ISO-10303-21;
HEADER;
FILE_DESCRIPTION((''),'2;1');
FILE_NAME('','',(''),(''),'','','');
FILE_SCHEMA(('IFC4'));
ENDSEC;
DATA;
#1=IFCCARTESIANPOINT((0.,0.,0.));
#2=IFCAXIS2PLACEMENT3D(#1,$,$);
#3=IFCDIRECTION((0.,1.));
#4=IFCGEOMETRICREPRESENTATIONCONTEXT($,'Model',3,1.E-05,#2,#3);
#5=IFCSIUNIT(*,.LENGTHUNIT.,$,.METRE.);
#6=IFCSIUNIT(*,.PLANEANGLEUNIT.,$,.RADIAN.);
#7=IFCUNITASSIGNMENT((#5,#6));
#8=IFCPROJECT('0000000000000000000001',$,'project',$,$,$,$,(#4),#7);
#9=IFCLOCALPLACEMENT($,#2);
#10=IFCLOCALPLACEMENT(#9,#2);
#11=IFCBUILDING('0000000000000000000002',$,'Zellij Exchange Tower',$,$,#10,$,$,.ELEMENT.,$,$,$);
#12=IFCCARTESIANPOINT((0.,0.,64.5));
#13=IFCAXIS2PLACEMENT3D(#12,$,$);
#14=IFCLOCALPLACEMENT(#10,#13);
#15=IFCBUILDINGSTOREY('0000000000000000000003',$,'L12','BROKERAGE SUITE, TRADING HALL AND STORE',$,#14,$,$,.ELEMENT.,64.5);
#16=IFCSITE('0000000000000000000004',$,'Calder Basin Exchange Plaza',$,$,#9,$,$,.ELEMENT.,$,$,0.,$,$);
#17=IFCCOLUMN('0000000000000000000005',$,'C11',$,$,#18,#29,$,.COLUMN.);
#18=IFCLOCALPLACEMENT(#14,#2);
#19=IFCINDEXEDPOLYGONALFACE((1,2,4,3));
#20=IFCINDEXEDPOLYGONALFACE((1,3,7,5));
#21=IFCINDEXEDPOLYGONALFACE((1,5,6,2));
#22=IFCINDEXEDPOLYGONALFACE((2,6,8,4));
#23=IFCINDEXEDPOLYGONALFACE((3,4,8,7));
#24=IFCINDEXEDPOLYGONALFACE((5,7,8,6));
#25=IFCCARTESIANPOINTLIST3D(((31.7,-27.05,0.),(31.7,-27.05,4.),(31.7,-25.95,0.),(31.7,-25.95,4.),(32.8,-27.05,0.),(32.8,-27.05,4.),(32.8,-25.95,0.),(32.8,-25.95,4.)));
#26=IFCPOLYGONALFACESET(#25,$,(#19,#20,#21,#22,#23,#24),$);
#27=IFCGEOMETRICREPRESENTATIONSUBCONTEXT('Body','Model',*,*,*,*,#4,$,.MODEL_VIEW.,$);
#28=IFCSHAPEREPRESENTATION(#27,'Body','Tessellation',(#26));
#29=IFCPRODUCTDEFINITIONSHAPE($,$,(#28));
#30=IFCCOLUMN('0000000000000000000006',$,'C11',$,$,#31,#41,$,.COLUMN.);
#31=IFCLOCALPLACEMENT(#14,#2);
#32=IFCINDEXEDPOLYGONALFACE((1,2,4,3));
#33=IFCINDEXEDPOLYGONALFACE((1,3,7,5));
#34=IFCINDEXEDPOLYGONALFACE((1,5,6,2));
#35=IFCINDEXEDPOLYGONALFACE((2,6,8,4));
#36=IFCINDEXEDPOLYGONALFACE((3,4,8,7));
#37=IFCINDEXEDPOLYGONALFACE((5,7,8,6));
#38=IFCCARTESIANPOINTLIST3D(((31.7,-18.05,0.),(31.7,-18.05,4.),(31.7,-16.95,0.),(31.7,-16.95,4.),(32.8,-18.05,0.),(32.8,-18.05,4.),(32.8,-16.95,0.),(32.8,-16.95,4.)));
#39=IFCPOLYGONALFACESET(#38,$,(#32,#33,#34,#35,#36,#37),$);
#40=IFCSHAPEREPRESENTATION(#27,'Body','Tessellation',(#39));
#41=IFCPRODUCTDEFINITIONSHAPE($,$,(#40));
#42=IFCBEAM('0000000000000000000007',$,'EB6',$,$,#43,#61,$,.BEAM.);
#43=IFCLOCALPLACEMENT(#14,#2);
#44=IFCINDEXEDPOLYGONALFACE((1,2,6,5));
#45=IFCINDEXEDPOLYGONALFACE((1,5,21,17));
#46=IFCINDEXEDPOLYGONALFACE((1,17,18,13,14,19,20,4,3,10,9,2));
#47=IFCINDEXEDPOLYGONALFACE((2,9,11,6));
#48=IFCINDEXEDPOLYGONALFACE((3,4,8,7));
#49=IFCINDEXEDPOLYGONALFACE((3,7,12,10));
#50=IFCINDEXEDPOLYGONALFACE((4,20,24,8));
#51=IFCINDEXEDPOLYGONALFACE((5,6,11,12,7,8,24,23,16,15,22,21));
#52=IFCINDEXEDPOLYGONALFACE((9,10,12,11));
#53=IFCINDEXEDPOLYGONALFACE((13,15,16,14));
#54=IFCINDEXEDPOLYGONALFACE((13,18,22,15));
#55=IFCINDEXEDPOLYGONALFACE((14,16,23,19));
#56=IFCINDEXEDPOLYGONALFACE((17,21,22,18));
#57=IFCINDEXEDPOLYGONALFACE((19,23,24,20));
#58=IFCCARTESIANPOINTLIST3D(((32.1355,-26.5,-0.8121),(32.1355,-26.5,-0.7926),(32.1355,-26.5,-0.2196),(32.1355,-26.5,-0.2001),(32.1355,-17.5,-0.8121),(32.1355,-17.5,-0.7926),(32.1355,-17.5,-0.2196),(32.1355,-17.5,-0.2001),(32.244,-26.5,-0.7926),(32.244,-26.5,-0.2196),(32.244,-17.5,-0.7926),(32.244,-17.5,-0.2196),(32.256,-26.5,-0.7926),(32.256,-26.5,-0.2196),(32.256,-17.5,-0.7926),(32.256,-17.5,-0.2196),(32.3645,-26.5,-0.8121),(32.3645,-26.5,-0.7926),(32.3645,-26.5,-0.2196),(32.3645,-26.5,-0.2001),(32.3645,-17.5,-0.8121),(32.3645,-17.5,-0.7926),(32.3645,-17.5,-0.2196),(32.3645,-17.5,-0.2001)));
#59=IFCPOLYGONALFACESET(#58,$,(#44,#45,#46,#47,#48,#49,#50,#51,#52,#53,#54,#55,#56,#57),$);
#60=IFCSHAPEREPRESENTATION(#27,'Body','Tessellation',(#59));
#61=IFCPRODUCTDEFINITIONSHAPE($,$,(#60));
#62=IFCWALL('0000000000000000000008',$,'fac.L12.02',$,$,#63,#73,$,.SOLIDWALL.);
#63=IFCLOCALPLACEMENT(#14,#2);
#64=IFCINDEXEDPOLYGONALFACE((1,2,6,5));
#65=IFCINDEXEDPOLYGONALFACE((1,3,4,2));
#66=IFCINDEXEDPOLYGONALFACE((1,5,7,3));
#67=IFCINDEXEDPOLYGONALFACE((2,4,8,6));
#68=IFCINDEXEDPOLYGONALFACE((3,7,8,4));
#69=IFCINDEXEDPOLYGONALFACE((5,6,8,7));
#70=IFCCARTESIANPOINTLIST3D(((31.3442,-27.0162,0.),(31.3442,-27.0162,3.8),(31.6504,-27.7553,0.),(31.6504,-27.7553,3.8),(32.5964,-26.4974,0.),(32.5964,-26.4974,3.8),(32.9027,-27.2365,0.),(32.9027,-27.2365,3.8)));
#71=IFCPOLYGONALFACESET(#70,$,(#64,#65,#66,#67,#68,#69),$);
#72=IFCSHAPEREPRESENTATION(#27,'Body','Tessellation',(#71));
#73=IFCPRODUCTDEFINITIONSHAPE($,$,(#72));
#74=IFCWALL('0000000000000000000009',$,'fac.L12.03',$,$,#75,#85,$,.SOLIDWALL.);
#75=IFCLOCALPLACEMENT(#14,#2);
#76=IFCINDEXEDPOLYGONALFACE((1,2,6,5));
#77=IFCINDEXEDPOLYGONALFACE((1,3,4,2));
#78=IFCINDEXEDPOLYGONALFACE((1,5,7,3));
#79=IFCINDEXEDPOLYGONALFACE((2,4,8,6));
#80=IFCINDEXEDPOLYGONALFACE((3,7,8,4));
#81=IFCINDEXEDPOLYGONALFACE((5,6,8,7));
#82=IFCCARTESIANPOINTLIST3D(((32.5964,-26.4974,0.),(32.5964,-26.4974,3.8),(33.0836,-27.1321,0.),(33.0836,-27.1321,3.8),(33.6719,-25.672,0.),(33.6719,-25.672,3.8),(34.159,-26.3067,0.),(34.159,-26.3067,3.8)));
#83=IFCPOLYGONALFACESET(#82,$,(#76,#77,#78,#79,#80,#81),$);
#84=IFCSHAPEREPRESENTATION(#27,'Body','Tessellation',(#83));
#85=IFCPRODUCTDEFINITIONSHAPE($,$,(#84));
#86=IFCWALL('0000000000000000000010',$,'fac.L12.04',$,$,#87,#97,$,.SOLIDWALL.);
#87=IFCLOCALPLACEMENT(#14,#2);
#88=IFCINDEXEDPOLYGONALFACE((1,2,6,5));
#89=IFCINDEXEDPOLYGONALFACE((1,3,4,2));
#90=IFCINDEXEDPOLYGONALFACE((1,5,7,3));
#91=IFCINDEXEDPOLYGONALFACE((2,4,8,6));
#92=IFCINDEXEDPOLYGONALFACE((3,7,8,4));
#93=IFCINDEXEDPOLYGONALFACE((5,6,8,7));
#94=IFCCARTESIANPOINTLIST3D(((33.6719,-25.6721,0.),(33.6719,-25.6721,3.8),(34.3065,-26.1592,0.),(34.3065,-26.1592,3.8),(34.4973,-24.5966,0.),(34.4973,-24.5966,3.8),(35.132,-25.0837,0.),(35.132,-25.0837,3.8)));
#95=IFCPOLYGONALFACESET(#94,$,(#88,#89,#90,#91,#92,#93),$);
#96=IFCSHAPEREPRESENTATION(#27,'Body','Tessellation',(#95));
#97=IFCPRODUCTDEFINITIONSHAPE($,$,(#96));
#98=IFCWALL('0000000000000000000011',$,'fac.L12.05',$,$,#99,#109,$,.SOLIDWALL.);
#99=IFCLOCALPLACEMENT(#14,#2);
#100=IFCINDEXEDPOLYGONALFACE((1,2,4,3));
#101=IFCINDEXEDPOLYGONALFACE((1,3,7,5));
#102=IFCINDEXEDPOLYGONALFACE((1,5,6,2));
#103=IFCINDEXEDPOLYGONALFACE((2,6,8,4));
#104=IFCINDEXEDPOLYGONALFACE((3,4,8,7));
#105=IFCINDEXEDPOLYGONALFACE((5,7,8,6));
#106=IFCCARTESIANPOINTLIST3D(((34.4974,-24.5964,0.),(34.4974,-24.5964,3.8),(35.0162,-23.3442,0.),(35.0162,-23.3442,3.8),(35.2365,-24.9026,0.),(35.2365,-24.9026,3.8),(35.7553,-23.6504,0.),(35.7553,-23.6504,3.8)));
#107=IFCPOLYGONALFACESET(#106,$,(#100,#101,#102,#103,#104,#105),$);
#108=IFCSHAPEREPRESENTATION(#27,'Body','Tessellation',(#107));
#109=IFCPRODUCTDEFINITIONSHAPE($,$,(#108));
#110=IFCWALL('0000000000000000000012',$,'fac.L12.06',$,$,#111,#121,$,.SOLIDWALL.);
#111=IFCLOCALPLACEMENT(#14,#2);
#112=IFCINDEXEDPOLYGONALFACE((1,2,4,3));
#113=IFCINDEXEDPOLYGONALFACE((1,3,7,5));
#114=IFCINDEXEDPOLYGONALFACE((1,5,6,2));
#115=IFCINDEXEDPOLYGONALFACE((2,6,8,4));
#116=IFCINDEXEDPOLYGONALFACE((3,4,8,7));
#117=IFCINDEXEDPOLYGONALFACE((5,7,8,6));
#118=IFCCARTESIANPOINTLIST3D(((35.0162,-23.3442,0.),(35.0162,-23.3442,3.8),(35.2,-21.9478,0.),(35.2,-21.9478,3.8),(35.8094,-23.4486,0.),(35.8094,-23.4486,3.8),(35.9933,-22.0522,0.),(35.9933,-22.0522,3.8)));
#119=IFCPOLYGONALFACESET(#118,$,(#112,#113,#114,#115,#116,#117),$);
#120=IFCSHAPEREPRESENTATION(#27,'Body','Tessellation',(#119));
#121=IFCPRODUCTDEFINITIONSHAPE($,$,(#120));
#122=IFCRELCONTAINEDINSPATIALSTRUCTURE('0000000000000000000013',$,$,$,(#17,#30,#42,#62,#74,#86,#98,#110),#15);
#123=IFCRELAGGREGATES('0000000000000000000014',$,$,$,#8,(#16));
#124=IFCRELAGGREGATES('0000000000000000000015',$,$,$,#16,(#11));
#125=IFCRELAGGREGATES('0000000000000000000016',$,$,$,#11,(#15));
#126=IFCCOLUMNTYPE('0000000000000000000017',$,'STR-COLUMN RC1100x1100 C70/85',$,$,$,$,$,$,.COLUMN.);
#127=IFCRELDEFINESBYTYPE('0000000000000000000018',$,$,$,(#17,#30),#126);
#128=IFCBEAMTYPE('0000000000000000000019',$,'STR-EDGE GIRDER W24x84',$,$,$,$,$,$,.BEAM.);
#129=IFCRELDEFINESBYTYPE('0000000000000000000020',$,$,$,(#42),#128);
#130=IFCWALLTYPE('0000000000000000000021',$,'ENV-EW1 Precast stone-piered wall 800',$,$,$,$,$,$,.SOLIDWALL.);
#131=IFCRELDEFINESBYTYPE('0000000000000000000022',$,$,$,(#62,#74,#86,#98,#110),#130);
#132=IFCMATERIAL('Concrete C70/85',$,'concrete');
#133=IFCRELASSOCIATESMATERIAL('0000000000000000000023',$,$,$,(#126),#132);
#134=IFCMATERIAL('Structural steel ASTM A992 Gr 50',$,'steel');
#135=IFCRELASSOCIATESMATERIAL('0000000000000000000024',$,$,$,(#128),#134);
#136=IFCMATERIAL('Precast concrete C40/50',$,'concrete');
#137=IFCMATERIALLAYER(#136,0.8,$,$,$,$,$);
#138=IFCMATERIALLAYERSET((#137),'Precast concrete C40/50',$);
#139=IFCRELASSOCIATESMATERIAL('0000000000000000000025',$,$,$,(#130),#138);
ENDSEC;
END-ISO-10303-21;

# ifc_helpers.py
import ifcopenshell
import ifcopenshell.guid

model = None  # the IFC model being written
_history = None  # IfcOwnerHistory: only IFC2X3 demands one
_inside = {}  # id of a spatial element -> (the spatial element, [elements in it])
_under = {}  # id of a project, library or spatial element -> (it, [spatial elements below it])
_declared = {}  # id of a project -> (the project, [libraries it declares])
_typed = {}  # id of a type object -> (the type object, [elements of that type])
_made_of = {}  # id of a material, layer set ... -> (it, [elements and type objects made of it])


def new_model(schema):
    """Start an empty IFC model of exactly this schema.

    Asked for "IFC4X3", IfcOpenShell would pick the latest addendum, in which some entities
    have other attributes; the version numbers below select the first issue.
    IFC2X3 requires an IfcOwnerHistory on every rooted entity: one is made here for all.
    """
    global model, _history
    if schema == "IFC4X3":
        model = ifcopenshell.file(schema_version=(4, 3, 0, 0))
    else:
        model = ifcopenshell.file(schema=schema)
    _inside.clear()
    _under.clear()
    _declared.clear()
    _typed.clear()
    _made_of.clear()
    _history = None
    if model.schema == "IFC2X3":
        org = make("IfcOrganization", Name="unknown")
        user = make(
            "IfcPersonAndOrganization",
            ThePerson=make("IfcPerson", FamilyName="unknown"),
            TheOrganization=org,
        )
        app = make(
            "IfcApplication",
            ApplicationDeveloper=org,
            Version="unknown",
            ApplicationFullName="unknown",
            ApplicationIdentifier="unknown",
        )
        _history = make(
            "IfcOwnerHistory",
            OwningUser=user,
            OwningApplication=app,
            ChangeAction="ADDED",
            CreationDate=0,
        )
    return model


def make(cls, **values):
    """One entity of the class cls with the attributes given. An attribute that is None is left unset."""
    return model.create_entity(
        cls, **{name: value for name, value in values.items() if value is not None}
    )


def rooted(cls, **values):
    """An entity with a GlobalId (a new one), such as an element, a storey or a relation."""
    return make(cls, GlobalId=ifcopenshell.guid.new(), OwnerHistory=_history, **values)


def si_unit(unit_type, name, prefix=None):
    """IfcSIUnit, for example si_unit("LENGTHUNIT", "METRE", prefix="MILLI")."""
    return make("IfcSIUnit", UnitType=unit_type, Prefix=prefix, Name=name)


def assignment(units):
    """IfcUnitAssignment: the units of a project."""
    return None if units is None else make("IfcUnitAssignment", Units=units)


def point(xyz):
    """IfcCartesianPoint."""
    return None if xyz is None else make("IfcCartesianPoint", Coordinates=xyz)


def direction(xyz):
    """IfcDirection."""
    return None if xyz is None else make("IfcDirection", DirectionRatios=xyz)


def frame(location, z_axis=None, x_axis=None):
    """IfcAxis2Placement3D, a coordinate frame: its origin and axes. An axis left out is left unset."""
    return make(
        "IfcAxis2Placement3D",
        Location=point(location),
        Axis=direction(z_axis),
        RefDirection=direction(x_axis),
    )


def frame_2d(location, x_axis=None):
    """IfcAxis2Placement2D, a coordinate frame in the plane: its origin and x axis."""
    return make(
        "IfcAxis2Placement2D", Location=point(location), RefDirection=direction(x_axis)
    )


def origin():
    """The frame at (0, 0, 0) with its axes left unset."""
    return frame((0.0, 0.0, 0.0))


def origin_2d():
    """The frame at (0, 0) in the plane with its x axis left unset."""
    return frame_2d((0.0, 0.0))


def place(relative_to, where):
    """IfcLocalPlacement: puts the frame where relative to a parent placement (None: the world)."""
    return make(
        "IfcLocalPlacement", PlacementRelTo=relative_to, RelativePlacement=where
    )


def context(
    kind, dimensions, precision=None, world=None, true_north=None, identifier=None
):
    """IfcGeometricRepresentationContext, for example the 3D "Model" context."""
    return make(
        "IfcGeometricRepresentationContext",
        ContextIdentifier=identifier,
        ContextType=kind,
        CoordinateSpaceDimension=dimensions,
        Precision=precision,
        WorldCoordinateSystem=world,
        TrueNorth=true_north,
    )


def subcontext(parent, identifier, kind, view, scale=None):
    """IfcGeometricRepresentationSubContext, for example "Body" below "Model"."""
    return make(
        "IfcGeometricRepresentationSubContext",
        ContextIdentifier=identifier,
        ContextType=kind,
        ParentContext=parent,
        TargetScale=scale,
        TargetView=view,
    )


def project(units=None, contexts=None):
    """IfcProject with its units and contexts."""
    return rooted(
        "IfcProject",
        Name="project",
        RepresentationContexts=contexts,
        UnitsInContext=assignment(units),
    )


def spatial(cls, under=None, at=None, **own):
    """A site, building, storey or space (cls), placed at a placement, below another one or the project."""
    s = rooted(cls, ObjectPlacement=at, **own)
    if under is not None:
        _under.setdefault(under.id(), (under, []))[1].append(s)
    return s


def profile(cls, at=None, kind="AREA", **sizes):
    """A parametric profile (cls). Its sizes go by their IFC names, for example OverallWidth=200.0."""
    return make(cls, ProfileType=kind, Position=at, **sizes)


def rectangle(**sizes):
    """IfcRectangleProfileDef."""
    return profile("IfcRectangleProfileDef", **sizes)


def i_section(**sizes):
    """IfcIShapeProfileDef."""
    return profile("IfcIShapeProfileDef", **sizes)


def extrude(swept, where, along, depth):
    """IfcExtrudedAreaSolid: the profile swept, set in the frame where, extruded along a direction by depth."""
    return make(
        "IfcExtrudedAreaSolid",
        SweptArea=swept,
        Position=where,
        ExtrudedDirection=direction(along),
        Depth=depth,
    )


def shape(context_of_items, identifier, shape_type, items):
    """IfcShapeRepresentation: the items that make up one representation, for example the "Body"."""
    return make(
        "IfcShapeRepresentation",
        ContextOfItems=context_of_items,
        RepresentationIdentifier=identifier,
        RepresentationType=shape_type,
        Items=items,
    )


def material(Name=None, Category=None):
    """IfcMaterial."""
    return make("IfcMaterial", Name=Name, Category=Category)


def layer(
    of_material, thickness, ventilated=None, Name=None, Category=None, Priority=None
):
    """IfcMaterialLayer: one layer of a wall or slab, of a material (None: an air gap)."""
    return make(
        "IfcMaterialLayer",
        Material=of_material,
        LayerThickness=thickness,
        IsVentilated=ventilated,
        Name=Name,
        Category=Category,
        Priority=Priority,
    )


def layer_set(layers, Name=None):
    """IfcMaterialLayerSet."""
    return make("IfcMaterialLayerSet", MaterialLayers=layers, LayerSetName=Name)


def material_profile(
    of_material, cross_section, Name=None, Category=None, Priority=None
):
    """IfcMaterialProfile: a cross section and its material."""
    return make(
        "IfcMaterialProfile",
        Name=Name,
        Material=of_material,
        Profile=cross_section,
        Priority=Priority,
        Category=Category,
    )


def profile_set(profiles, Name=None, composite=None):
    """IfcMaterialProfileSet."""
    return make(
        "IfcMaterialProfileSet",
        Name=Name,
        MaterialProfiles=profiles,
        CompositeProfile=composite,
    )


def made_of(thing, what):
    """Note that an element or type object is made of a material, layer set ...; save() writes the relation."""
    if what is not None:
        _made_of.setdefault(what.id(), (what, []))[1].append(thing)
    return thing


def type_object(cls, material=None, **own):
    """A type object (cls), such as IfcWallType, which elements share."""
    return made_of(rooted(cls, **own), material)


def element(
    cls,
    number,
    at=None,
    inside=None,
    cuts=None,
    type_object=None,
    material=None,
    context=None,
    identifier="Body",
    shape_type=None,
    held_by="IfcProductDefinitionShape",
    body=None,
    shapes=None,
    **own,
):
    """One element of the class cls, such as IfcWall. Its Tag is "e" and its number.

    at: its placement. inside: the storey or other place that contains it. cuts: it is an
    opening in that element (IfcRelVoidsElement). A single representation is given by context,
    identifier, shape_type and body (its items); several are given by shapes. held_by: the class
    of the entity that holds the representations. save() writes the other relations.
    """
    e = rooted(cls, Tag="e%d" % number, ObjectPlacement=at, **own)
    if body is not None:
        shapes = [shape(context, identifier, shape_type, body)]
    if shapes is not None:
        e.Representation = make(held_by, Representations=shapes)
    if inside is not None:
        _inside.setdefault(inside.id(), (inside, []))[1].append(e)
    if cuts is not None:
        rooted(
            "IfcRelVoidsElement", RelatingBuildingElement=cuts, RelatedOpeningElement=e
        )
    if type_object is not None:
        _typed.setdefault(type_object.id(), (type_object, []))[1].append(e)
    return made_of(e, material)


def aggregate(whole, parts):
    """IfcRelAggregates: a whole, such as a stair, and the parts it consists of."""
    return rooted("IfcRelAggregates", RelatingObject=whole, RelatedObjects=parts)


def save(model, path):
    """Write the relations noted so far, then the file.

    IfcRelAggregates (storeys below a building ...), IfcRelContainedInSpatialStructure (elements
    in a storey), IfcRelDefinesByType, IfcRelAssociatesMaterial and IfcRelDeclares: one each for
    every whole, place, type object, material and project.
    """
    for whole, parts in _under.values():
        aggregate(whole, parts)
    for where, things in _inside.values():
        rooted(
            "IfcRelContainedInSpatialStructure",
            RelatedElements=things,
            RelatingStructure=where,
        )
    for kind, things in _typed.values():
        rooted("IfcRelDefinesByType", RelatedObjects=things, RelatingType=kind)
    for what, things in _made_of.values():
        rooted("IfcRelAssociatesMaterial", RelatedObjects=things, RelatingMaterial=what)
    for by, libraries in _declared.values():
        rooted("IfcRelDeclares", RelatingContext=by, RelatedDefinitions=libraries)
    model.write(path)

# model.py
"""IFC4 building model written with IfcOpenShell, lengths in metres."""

from ifc_helpers import new_model, si_unit, direction, frame, frame_2d, origin, origin_2d, place, context, subcontext, project, spatial, rectangle, i_section, extrude, material, layer, layer_set, material_profile, profile_set, type_object, element, save


model = new_model("IFC4")

# Units and contexts
model_context = context("Model", 3, precision=1e-05, world=origin(), true_north=direction((0.0, 1.0)))
body_context = subcontext(model_context, "Body", "Model", "MODEL_VIEW")
ifc_project = project(units=[si_unit("LENGTHUNIT", "METRE"), si_unit("PLANEANGLEUNIT", "RADIAN")], contexts=[model_context])

# Site, building, storey
site_placement = place(None, origin())
site = spatial("IfcSite", under=ifc_project, at=site_placement, Name="Calder Basin Exchange Plaza", CompositionType="ELEMENT", RefElevation=0.0)
building_placement = place(site_placement, origin())
building = spatial("IfcBuilding", under=site, at=building_placement, Name="Zellij Exchange Tower", CompositionType="ELEMENT")
storey_placement = place(building_placement, frame((0.0, 0.0, 64.5)))
storey = spatial("IfcBuildingStorey", under=building, at=storey_placement, Name="L12", Description="BROKERAGE SUITE, TRADING HALL AND STORE", CompositionType="ELEMENT", Elevation=64.5)

# Columns
ifc_material_1 = material(Name="Concrete C70/85", Category="concrete")
ifc_material_profile_1 = material_profile(ifc_material_1, rectangle(XDim=1.1001, YDim=1.1001, at=origin_2d()), Name="STR-COLUMN RC1100x1100 C70/85")
ifc_profile_set_1 = profile_set([ifc_material_profile_1], Name="Concrete C70/85")
column_type = type_object("IfcColumnType", Name="STR-COLUMN RC1100x1100 C70/85", PredefinedType="COLUMN", material=ifc_profile_set_1)
for number, where, z_axis, x_axis, name in (
    (1, (32.25, -26.5, 0.0), (0.0, 0.0, 1.0), (1.0, 0.0, 0.0), "C11"),
    (2, (32.25, -17.5, 0.0), (0.0, 0.0, 1.0), (1.0, 0.0, 0.0), "C11"),
):
    element("IfcColumn", number, at=place(storey_placement, frame(where, z_axis=z_axis, x_axis=x_axis)), inside=storey, type_object=column_type, Name=name, PredefinedType="COLUMN", context=body_context, shape_type="SweptSolid", body=[
        extrude(rectangle(XDim=1.1001, YDim=1.1001, at=origin_2d()), origin(), (0.0, 0.0, 1.0), 4.0),
    ])

# Beam
ifc_material_2 = material(Name="Structural steel ASTM A992 Gr 50", Category="steel")
ifc_material_profile_2 = material_profile(ifc_material_2, i_section(OverallWidth=0.229, OverallDepth=0.6121, WebThickness=0.012, FlangeThickness=0.0195, at=origin_2d()), Name="W24x84")
ifc_profile_set_2 = profile_set([ifc_material_profile_2], Name="Structural steel ASTM A992 Gr 50")
beam_type = type_object("IfcBeamType", Name="STR-EDGE GIRDER W24x84", PredefinedType="BEAM", material=ifc_profile_set_2)
beam_placement = place(storey_placement, frame((32.25, -26.5, -0.5061), z_axis=(0.0, 1.0, 0.0), x_axis=(-1.0, 0.0, 0.0)))
element("IfcBeam", 3, at=beam_placement, inside=storey, type_object=beam_type, Name="EB6", PredefinedType="BEAM", context=body_context, shape_type="SweptSolid", body=[
    extrude(i_section(OverallWidth=0.229, OverallDepth=0.6121, WebThickness=0.012, FlangeThickness=0.0195, at=origin_2d()), origin(), (0.0, 0.0, 1.0), 9.0),
])

# Walls
ifc_material_3 = material(Name="Precast concrete C40/50", Category="concrete")
ifc_layer = layer(ifc_material_3, 0.8)
ifc_layer_set = layer_set([ifc_layer], Name="Precast concrete C40/50")
wall_type = type_object("IfcWallType", Name="ENV-EW1 Precast stone-piered wall 800", PredefinedType="SOLIDWALL", material=ifc_layer_set)
wall_1_placement = place(storey_placement, frame((31.4973, -27.3857, 0.0), z_axis=(0.0, 0.0, 1.0), x_axis=(0.923848, 0.38276, 0.0)))
element("IfcWall", 4, at=wall_1_placement, inside=storey, type_object=wall_type, Name="fac.L12.02", PredefinedType="SOLIDWALL", context=body_context, shape_type="SweptSolid", body=[
    extrude(rectangle(XDim=1.3555, YDim=0.8, at=frame_2d((0.6777, 0.0))), origin(), (0.0, 0.0, 1.0), 3.8),
])
for number, where, z_axis, x_axis, name in (
    (5, (32.8401, -26.8147, 0.0), (0.0, 0.0, 1.0), (0.793273, 0.608866, 0.0), "fac.L12.03"),
    (6, (33.9893, -25.9155, 0.0), (0.0, 0.0, 1.0), (0.608866, 0.793273, 0.0), "fac.L12.04"),
):
    element("IfcWall", number, at=place(storey_placement, frame(where, z_axis=z_axis, x_axis=x_axis)), inside=storey, type_object=wall_type, Name=name, PredefinedType="SOLIDWALL", context=body_context, shape_type="SweptSolid", body=[
        extrude(rectangle(XDim=1.3557, YDim=0.8, at=frame_2d((0.6777, 0.0))), origin(), (0.0, 0.0, 1.0), 3.8),
    ])
wall_2_placement = place(storey_placement, frame((34.8669, -24.7495, 0.0), z_axis=(0.0, 0.0, 1.0), x_axis=(0.38276, 0.923848, 0.0)))
element("IfcWall", 7, at=wall_2_placement, inside=storey, type_object=wall_type, Name="fac.L12.05", PredefinedType="SOLIDWALL", context=body_context, shape_type="SweptSolid", body=[
    extrude(rectangle(XDim=1.3555, YDim=0.8, at=frame_2d((0.6777, 0.0))), origin(), (0.0, 0.0, 1.0), 3.8),
])
wall_3_placement = place(storey_placement, frame((35.4128, -23.3962, 0.0), z_axis=(0.0, 0.0, 1.0), x_axis=(0.130517, 0.991446, 0.0)))
element("IfcWall", 8, at=wall_3_placement, inside=storey, type_object=wall_type, Name="fac.L12.06", PredefinedType="SOLIDWALL", context=body_context, shape_type="SweptSolid", body=[
    extrude(rectangle(XDim=1.4084, YDim=0.8, at=frame_2d((0.7041, 0.0))), origin(), (0.0, 0.0, 1.0), 3.8),
])

save(model, "model.ifc")
